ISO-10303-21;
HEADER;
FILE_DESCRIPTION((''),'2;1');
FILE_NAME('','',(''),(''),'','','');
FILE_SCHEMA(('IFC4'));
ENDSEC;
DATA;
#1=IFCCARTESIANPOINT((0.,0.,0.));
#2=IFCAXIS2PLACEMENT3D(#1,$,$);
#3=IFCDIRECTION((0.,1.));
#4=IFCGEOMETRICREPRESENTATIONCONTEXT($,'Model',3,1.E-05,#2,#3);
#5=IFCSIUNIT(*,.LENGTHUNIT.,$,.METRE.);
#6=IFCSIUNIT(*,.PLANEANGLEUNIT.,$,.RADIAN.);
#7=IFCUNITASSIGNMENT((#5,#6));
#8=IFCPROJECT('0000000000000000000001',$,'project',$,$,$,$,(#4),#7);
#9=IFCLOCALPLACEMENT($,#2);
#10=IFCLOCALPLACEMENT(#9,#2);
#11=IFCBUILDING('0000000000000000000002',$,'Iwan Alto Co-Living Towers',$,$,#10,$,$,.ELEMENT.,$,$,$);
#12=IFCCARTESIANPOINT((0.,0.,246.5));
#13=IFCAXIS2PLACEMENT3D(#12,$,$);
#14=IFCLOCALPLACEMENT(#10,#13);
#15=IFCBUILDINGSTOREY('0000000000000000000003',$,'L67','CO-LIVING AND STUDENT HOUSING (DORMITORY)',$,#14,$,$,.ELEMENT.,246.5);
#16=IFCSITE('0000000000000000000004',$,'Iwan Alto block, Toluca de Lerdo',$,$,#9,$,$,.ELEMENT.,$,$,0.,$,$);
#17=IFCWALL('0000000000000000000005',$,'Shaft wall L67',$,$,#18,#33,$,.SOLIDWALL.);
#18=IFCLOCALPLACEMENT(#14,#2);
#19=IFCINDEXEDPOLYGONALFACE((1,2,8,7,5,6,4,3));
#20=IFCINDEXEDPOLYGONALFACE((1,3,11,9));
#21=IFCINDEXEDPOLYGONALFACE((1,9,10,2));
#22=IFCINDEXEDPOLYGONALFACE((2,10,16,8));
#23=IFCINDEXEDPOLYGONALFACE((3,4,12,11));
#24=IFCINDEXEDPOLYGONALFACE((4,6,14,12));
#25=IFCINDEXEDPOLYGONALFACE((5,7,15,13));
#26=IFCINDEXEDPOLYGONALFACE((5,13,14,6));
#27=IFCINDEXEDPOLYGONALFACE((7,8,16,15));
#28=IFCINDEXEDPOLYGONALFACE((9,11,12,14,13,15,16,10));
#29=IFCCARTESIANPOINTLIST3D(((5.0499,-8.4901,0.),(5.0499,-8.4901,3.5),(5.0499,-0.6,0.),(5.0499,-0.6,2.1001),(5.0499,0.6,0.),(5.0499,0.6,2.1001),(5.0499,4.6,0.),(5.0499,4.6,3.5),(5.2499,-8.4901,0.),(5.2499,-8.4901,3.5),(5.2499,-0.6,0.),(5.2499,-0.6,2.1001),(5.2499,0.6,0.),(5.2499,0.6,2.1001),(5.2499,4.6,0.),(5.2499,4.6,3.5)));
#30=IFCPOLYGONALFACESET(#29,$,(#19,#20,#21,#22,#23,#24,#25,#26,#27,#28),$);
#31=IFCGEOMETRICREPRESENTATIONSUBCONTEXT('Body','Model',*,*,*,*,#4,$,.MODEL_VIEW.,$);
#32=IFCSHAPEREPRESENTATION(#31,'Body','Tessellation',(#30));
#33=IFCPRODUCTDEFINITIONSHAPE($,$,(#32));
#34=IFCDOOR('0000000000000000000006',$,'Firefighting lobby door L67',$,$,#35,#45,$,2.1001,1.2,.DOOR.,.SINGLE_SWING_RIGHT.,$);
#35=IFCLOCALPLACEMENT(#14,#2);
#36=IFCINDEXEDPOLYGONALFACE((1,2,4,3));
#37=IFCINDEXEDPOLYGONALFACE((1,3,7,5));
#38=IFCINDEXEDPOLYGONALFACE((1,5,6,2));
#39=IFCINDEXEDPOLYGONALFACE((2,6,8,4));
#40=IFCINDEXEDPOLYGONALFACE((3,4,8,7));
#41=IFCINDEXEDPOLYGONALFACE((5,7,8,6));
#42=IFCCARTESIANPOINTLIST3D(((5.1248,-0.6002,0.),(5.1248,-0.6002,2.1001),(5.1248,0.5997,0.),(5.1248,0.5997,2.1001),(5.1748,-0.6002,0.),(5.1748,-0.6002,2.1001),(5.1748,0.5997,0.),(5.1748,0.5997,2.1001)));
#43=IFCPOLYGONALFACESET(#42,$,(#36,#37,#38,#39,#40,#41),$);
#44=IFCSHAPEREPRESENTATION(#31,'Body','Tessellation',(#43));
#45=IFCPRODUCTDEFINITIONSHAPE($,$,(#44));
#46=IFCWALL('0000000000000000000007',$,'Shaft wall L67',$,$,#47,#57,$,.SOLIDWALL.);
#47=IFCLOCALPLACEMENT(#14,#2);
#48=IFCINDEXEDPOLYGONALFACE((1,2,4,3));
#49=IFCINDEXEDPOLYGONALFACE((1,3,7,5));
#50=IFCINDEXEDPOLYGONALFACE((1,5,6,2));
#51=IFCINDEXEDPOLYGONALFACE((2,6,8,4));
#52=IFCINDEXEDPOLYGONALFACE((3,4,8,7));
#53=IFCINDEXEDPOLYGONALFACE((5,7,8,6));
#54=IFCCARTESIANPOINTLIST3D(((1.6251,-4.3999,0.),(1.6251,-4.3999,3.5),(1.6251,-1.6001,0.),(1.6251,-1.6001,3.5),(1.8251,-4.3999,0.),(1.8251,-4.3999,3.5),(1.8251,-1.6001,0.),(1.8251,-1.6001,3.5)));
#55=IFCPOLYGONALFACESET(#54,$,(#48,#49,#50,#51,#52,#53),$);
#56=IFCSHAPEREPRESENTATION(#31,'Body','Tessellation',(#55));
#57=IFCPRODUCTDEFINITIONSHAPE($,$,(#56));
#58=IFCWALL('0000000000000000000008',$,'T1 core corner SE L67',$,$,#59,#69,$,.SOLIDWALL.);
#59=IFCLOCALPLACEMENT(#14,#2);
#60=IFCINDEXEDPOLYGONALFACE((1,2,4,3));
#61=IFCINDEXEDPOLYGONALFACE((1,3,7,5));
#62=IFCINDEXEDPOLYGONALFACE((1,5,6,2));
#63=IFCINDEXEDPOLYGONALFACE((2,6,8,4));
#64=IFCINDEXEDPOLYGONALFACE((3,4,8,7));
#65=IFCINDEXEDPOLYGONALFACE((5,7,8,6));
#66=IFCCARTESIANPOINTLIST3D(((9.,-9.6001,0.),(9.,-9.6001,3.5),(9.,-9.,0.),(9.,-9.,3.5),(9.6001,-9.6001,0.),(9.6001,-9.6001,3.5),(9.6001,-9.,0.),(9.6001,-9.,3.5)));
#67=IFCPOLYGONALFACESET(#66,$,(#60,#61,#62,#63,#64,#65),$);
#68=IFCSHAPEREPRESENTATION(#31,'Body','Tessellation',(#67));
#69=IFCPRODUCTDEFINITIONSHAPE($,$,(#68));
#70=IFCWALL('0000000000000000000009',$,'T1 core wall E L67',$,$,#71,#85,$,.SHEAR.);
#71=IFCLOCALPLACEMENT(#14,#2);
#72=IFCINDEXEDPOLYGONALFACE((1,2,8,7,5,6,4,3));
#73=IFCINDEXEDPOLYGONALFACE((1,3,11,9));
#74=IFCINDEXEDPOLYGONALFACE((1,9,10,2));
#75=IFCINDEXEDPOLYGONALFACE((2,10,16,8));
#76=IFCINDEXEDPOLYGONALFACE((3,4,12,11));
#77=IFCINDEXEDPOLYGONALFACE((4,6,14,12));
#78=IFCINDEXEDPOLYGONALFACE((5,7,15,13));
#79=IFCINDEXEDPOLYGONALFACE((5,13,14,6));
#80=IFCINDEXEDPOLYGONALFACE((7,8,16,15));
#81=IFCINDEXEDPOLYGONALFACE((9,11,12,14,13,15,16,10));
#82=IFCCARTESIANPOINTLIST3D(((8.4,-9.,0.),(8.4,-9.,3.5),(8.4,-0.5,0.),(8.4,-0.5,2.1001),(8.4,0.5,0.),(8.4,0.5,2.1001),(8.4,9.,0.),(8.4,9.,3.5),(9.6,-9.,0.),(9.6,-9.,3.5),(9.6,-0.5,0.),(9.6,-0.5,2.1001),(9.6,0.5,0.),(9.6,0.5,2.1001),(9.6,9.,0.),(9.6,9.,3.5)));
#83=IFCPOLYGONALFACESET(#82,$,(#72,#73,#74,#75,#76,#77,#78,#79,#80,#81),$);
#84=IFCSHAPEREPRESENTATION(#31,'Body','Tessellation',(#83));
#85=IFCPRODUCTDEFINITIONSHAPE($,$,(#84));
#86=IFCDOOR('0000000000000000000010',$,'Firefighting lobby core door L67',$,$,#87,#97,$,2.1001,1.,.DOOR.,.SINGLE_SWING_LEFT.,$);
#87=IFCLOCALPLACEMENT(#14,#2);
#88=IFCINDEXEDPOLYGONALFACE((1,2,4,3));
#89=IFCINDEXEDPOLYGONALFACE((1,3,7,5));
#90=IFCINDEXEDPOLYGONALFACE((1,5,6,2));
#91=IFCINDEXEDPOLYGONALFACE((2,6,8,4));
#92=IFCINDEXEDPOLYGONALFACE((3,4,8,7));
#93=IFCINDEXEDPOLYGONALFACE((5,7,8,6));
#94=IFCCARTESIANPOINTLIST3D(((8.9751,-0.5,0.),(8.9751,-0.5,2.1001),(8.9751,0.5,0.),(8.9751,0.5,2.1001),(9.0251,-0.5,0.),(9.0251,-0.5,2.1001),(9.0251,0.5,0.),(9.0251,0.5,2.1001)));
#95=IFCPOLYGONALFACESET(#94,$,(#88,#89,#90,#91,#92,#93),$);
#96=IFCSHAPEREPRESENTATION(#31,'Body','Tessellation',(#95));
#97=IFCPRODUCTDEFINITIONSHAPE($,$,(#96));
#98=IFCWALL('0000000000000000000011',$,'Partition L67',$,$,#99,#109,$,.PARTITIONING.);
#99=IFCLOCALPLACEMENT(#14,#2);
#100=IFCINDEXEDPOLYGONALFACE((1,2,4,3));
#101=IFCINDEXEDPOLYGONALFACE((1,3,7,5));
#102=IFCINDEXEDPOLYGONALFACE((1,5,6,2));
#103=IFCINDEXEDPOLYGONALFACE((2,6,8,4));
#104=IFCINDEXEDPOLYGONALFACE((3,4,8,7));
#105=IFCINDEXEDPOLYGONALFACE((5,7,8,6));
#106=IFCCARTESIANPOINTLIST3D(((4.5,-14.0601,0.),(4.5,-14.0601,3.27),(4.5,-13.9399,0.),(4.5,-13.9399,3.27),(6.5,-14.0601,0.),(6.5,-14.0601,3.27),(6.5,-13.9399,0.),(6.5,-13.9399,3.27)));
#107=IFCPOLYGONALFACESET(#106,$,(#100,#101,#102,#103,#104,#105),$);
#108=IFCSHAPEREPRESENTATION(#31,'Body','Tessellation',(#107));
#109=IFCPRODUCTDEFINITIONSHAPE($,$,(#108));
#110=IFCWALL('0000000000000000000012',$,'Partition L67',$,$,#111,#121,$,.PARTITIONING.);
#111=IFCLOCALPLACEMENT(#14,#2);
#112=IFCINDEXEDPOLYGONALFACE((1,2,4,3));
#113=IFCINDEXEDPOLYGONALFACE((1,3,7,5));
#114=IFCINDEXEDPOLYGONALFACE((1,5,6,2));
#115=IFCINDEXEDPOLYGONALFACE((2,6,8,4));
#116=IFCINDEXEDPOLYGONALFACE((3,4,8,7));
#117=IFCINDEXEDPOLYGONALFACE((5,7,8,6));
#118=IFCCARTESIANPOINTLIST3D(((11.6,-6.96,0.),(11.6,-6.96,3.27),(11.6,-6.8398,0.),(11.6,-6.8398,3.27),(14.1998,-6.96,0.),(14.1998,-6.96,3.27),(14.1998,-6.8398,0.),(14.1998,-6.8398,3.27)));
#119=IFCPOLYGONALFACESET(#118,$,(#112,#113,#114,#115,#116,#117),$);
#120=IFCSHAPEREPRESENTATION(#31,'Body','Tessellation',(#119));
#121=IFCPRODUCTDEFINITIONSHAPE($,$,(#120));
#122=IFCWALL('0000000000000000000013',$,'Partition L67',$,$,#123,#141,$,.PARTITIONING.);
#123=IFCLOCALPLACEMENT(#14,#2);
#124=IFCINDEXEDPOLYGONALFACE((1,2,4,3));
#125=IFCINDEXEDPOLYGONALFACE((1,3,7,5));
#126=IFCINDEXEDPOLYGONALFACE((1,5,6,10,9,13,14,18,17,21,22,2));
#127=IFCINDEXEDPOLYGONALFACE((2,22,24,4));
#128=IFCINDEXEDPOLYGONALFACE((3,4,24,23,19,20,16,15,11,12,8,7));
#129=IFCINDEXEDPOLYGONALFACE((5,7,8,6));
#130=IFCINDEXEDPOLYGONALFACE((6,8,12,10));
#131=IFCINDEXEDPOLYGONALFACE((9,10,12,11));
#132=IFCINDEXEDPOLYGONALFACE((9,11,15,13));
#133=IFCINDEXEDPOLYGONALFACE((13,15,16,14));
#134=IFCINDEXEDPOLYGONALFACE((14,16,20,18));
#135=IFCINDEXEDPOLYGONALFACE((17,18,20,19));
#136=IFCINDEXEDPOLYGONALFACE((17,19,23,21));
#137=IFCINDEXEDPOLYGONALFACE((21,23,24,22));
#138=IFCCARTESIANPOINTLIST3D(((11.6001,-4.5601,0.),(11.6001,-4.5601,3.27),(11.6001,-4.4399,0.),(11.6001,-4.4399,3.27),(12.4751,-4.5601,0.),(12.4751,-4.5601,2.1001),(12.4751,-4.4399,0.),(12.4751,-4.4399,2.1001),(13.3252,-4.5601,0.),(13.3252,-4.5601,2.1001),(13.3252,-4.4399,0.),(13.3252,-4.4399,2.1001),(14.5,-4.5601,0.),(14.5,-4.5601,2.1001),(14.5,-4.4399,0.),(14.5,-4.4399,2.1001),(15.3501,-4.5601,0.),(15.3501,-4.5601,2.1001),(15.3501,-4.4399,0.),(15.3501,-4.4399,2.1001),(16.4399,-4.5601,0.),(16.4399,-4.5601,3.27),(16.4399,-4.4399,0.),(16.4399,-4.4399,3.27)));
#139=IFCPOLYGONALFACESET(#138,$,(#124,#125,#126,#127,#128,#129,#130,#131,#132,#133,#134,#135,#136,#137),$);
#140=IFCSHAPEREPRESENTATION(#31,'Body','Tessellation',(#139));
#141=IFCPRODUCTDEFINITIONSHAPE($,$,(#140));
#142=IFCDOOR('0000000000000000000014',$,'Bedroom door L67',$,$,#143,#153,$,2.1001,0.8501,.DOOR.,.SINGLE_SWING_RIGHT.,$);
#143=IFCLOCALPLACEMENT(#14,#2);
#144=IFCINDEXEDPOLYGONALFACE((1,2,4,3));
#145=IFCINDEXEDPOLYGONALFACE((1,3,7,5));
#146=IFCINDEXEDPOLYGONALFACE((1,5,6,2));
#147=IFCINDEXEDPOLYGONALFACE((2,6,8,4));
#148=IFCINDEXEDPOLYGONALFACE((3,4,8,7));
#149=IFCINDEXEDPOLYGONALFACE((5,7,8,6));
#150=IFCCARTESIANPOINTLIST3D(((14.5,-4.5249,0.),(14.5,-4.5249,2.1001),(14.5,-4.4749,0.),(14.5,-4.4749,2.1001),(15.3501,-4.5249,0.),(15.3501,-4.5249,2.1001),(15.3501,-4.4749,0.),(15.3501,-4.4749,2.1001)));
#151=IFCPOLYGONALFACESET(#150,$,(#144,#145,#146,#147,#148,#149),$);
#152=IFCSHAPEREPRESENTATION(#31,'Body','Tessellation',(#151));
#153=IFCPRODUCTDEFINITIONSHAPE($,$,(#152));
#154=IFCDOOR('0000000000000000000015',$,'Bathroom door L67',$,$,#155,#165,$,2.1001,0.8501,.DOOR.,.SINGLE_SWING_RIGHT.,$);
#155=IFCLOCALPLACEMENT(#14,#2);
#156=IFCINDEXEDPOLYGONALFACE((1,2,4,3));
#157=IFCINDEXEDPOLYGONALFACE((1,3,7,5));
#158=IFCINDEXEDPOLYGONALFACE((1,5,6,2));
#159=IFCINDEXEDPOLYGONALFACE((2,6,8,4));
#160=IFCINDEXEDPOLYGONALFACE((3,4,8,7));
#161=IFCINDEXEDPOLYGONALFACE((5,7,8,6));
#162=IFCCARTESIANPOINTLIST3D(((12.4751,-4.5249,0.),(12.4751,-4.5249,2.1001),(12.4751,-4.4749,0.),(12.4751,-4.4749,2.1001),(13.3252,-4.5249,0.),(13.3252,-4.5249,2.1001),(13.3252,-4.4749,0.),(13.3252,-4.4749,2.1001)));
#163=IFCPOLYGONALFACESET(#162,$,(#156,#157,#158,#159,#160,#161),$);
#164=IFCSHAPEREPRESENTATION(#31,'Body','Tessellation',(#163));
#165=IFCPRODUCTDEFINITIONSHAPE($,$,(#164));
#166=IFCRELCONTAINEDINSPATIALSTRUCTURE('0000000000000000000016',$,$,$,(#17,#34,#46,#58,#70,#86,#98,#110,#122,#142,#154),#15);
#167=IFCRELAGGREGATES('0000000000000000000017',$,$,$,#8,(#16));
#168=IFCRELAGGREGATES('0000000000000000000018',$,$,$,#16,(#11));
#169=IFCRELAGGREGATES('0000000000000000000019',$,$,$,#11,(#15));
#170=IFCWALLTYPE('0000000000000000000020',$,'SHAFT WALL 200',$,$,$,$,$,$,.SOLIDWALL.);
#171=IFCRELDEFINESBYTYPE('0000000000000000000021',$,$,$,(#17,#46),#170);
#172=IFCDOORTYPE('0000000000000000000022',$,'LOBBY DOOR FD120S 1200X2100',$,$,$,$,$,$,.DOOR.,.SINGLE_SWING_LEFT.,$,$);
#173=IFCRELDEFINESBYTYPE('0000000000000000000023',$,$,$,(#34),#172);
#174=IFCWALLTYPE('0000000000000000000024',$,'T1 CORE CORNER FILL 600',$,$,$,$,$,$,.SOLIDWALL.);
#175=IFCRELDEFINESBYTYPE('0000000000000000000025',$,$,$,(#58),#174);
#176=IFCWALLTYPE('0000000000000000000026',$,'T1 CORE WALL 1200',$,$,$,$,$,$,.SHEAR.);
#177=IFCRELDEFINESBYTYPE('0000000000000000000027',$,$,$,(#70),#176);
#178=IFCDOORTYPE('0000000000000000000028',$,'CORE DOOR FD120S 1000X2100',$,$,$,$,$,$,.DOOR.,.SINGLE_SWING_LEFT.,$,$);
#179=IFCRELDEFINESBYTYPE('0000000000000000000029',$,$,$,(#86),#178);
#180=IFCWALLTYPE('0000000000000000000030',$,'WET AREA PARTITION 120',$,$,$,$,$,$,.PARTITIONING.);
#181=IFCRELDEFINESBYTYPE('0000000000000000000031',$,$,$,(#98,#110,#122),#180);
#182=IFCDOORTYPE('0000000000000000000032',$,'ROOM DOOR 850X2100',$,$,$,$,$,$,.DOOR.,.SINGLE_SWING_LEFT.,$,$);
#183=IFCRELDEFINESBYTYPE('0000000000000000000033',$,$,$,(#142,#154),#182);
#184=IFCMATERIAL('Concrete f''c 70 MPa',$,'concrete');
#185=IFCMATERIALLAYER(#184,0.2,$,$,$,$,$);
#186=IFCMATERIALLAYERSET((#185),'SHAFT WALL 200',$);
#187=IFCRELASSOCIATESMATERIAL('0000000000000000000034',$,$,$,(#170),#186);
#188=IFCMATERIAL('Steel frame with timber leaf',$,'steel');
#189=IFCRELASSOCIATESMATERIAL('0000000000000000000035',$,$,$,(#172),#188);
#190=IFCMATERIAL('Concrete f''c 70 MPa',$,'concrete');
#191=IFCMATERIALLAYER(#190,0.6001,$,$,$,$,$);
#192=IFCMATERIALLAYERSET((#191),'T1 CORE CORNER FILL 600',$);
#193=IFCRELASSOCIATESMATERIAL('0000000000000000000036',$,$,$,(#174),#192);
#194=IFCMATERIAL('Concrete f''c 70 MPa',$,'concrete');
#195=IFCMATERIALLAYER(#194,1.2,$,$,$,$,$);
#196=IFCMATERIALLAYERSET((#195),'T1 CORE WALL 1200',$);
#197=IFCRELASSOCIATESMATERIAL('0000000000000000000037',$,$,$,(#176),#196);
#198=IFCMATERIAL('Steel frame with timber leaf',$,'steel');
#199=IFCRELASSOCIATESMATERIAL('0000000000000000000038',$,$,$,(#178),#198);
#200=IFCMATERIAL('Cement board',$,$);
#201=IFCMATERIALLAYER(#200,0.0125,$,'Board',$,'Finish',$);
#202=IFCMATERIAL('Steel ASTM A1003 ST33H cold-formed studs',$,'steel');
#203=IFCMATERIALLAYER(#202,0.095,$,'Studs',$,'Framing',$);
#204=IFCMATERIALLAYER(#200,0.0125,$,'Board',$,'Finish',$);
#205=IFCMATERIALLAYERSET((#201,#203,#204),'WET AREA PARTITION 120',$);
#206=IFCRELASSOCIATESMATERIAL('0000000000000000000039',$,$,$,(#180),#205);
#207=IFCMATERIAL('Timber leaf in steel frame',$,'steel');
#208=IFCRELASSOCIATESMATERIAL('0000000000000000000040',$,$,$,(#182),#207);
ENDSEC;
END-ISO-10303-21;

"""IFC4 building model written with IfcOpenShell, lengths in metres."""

from ifc_helpers import new_model, si_unit, direction, frame, frame_2d, origin, place, context, subcontext, project, spatial, rectangle, extrude, material, layer, layer_set, type_object, element, fill, save


model = new_model("IFC4")

# Units and contexts
model_context = context("Model", 3, precision=1e-05, world=origin(), true_north=direction((0.0, 1.0)))
body_context = subcontext(model_context, "Body", "Model", "MODEL_VIEW")
ifc_project = project(units=[si_unit("LENGTHUNIT", "METRE"), si_unit("PLANEANGLEUNIT", "RADIAN")], contexts=[model_context])

# Site, building, storey
site_placement = place(None, origin())
site = spatial("IfcSite", under=ifc_project, at=site_placement, Name="Iwan Alto block, Toluca de Lerdo", CompositionType="ELEMENT", RefElevation=0.0)
building_placement = place(site_placement, origin())
building = spatial("IfcBuilding", under=site, at=building_placement, Name="Iwan Alto Co-Living Towers", CompositionType="ELEMENT")
storey_placement = place(building_placement, frame((0.0, 0.0, 246.5)))
storey = spatial("IfcBuildingStorey", under=building, at=storey_placement, Name="L67", Description="CO-LIVING AND STUDENT HOUSING (DORMITORY)", CompositionType="ELEMENT", Elevation=246.5)

# Shared definitions
ifc_material_1 = material(Name="Steel ASTM A1003 ST33H cold-formed studs", Category="steel")

# Wall, opening, door
ifc_material_2 = material(Name="Concrete f'c 70 MPa", Category="concrete")
ifc_layer_1 = layer(ifc_material_2, 0.2)
ifc_layer_set_1 = layer_set([ifc_layer_1], Name="SHAFT WALL 200")
wall_type_1 = type_object("IfcWallType", Name="SHAFT WALL 200", PredefinedType="SOLIDWALL", material=ifc_layer_set_1)
wall_1_placement = place(storey_placement, frame((5.1499, -8.49, 0.0), z_axis=(0.0, 0.0, 1.0), x_axis=(0.0, 1.0, 0.0)))
wall_1 = element("IfcWall", 1, at=wall_1_placement, inside=storey, type_object=wall_type_1, Name="Shaft wall L67", PredefinedType="SOLIDWALL", context=body_context, shape_type="SweptSolid", body=[
    extrude(rectangle(XDim=13.0901, YDim=0.2, at=frame_2d((6.5449, 0.0))), origin(), (0.0, 0.0, 1.0), 3.5),
])
opening_1_placement = place(wall_1_placement, frame((7.8899, 0.0, 0.0)))
opening_1 = element("IfcOpeningElement", 2, at=opening_1_placement, cuts=wall_1, PredefinedType="OPENING", context=body_context, shape_type="SweptSolid", body=[
    extrude(rectangle(XDim=1.2, YDim=2.1001, at=frame_2d((0.6001, 1.05))), frame((0.0, 0.1099, 0.0), z_axis=(0.0, -1.0, 0.0), x_axis=(1.0, 0.0, 0.0)), (0.0, 0.0, 1.0), 0.22),
])
ifc_material_3 = material(Name="Steel frame with timber leaf", Category="steel")
door_type_1 = type_object("IfcDoorType", Name="LOBBY DOOR FD120S 1200X2100", OperationType="SINGLE_SWING_LEFT", PredefinedType="DOOR", material=ifc_material_3)
door_1_placement = place(opening_1_placement, frame((1.2, 0.0, 0.0), z_axis=(0.0, 0.0, 1.0), x_axis=(-1.0, 0.0, 0.0)))
door_1 = element("IfcDoor", 3, at=door_1_placement, inside=storey, type_object=door_type_1, Name="Firefighting lobby door L67", OperationType="SINGLE_SWING_RIGHT", OverallHeight=2.1001, OverallWidth=1.2, PredefinedType="DOOR", context=body_context, shape_type="SweptSolid", body=[
    extrude(rectangle(XDim=1.2, YDim=2.1001, at=frame_2d((0.6001, 1.05))), frame((0.0, 0.0249, 0.0), z_axis=(0.0, -1.0, 0.0), x_axis=(1.0, 0.0, 0.0)), (0.0, 0.0, 1.0), 0.05),
])
fill(opening_1, door_1)

# Walls
wall_2_placement = place(storey_placement, frame((1.7251, -4.3999, 0.0), z_axis=(0.0, 0.0, 1.0), x_axis=(0.0, 1.0, 0.0)))
element("IfcWall", 4, at=wall_2_placement, inside=storey, type_object=wall_type_1, Name="Shaft wall L67", PredefinedType="SOLIDWALL", context=body_context, shape_type="SweptSolid", body=[
    extrude(rectangle(XDim=2.7998, YDim=0.2, at=frame_2d((1.3999, 0.0))), origin(), (0.0, 0.0, 1.0), 3.5),
])
ifc_material_4 = material(Name="Concrete f'c 70 MPa", Category="concrete")
ifc_layer_2 = layer(ifc_material_4, 0.6001)
ifc_layer_set_2 = layer_set([ifc_layer_2], Name="T1 CORE CORNER FILL 600")
wall_type_2 = type_object("IfcWallType", Name="T1 CORE CORNER FILL 600", PredefinedType="SOLIDWALL", material=ifc_layer_set_2)
wall_3_placement = place(storey_placement, frame((9.0, -9.3, 0.0), z_axis=(0.0, 0.0, 1.0), x_axis=(1.0, 0.0, 0.0)))
element("IfcWall", 5, at=wall_3_placement, inside=storey, type_object=wall_type_2, Name="T1 core corner SE L67", PredefinedType="SOLIDWALL", context=body_context, shape_type="SweptSolid", body=[
    extrude(rectangle(XDim=0.6001, YDim=0.6001, at=frame_2d((0.3, 0.0))), origin(), (0.0, 0.0, 1.0), 3.5),
])

# Wall, opening, door
ifc_material_5 = material(Name="Concrete f'c 70 MPa", Category="concrete")
ifc_layer_3 = layer(ifc_material_5, 1.2)
ifc_layer_set_3 = layer_set([ifc_layer_3], Name="T1 CORE WALL 1200")
wall_type_3 = type_object("IfcWallType", Name="T1 CORE WALL 1200", PredefinedType="SHEAR", material=ifc_layer_set_3)
wall_4_placement = place(storey_placement, frame((9.0, -9.0, 0.0), z_axis=(0.0, 0.0, 1.0), x_axis=(0.0, 1.0, 0.0)))
wall_4 = element("IfcWall", 6, at=wall_4_placement, inside=storey, type_object=wall_type_3, Name="T1 core wall E L67", PredefinedType="SHEAR", context=body_context, shape_type="SweptSolid", body=[
    extrude(rectangle(XDim=18.0, YDim=1.2, at=frame_2d((9.0, 0.0))), origin(), (0.0, 0.0, 1.0), 3.5),
])
opening_2_placement = place(wall_4_placement, frame((8.5, 0.0, 0.0)))
opening_2 = element("IfcOpeningElement", 7, at=opening_2_placement, cuts=wall_4, PredefinedType="OPENING", context=body_context, shape_type="SweptSolid", body=[
    extrude(rectangle(XDim=1.0, YDim=2.1001, at=frame_2d((0.5, 1.05))), frame((0.0, 0.6099, 0.0), z_axis=(0.0, -1.0, 0.0), x_axis=(1.0, 0.0, 0.0)), (0.0, 0.0, 1.0), 1.22),
])
ifc_material_6 = material(Name="Steel frame with timber leaf", Category="steel")
door_type_2 = type_object("IfcDoorType", Name="CORE DOOR FD120S 1000X2100", OperationType="SINGLE_SWING_LEFT", PredefinedType="DOOR", material=ifc_material_6)
door_2_placement = place(opening_2_placement, origin())
door_2 = element("IfcDoor", 8, at=door_2_placement, inside=storey, type_object=door_type_2, Name="Firefighting lobby core door L67", OperationType="SINGLE_SWING_LEFT", OverallHeight=2.1001, OverallWidth=1.0, PredefinedType="DOOR", context=body_context, shape_type="SweptSolid", body=[
    extrude(rectangle(XDim=1.0, YDim=2.1001, at=frame_2d((0.5, 1.05))), frame((0.0, 0.0249, 0.0), z_axis=(0.0, -1.0, 0.0), x_axis=(1.0, 0.0, 0.0)), (0.0, 0.0, 1.0), 0.05),
])
fill(opening_2, door_2)

# Walls
ifc_material_7 = material(Name="Cement board")
ifc_layer_4 = layer(ifc_material_7, 0.0125, Name="Board", Category="Finish")
ifc_layer_5 = layer(ifc_material_1, 0.095, Name="Studs", Category="Framing")
ifc_layer_6 = layer(ifc_material_7, 0.0125, Name="Board", Category="Finish")
ifc_layer_set_4 = layer_set([ifc_layer_4, ifc_layer_5, ifc_layer_6], Name="WET AREA PARTITION 120")
wall_type_4 = type_object("IfcWallType", Name="WET AREA PARTITION 120", PredefinedType="PARTITIONING", material=ifc_layer_set_4)
wall_5_placement = place(storey_placement, frame((4.5, -14.0, 0.0), z_axis=(0.0, 0.0, 1.0), x_axis=(1.0, 0.0, 0.0)))
element("IfcWall", 9, at=wall_5_placement, inside=storey, type_object=wall_type_4, Name="Partition L67", PredefinedType="PARTITIONING", context=body_context, shape_type="SweptSolid", body=[
    extrude(rectangle(XDim=2.0, YDim=0.1201, at=frame_2d((1.0, 0.0))), origin(), (0.0, 0.0, 1.0), 3.27),
])
wall_6_placement = place(storey_placement, frame((11.6001, -6.8999, 0.0), z_axis=(0.0, 0.0, 1.0), x_axis=(1.0, 0.0, 0.0)))
element("IfcWall", 10, at=wall_6_placement, inside=storey, type_object=wall_type_4, Name="Partition L67", PredefinedType="PARTITIONING", context=body_context, shape_type="SweptSolid", body=[
    extrude(rectangle(XDim=2.5999, YDim=0.1201, at=frame_2d((1.2998, 0.0))), origin(), (0.0, 0.0, 1.0), 3.27),
])

# Wall, openings, doors
wall_7_placement = place(storey_placement, frame((11.6001, -4.5, 0.0), z_axis=(0.0, 0.0, 1.0), x_axis=(1.0, 0.0, 0.0)))
wall_7 = element("IfcWall", 11, at=wall_7_placement, inside=storey, type_object=wall_type_4, Name="Partition L67", PredefinedType="PARTITIONING", context=body_context, shape_type="SweptSolid", body=[
    extrude(rectangle(XDim=4.8398, YDim=0.1201, at=frame_2d((2.4199, 0.0))), origin(), (0.0, 0.0, 1.0), 3.27),
])
opening_3_placement = place(wall_7_placement, frame((2.8999, 0.0, 0.0)))
opening_3 = element("IfcOpeningElement", 12, at=opening_3_placement, cuts=wall_7, PredefinedType="OPENING", context=body_context, shape_type="SweptSolid", body=[
    extrude(rectangle(XDim=0.8501, YDim=2.1001, at=frame_2d((0.425, 1.05))), frame((0.0, 0.0701, 0.0), z_axis=(0.0, -1.0, 0.0), x_axis=(1.0, 0.0, 0.0)), (0.0, 0.0, 1.0), 0.1401),
])
opening_4_placement = place(wall_7_placement, frame((0.875, 0.0, 0.0)))
opening_4 = element("IfcOpeningElement", 13, at=opening_4_placement, cuts=wall_7, PredefinedType="OPENING", context=body_context, shape_type="SweptSolid", body=[
    extrude(rectangle(XDim=0.8501, YDim=2.1001, at=frame_2d((0.425, 1.05))), frame((0.0, 0.0701, 0.0), z_axis=(0.0, -1.0, 0.0), x_axis=(1.0, 0.0, 0.0)), (0.0, 0.0, 1.0), 0.1401),
])
ifc_material_8 = material(Name="Timber leaf in steel frame", Category="steel")
door_type_3 = type_object("IfcDoorType", Name="ROOM DOOR 850X2100", OperationType="SINGLE_SWING_LEFT", PredefinedType="DOOR", material=ifc_material_8)
door_3_placement = place(opening_3_placement, frame((0.8501, 0.0, 0.0), z_axis=(0.0, 0.0, 1.0), x_axis=(-1.0, 0.0, 0.0)))
door_3 = element("IfcDoor", 14, at=door_3_placement, inside=storey, type_object=door_type_3, Name="Bedroom door L67", OperationType="SINGLE_SWING_RIGHT", OverallHeight=2.1001, OverallWidth=0.8501, PredefinedType="DOOR", context=body_context, shape_type="SweptSolid", body=[
    extrude(rectangle(XDim=0.8501, YDim=2.1001, at=frame_2d((0.425, 1.05))), frame((0.0, 0.0249, 0.0), z_axis=(0.0, -1.0, 0.0), x_axis=(1.0, 0.0, 0.0)), (0.0, 0.0, 1.0), 0.05),
])
fill(opening_3, door_3)
door_4_placement = place(opening_4_placement, frame((0.8501, 0.0, 0.0), z_axis=(0.0, 0.0, 1.0), x_axis=(-1.0, 0.0, 0.0)))
door_4 = element("IfcDoor", 15, at=door_4_placement, inside=storey, type_object=door_type_3, Name="Bathroom door L67", OperationType="SINGLE_SWING_RIGHT", OverallHeight=2.1001, OverallWidth=0.8501, PredefinedType="DOOR", context=body_context, shape_type="SweptSolid", body=[
    extrude(rectangle(XDim=0.8501, YDim=2.1001, at=frame_2d((0.425, 1.05))), frame((0.0, 0.0249, 0.0), z_axis=(0.0, -1.0, 0.0), x_axis=(1.0, 0.0, 0.0)), (0.0, 0.0, 1.0), 0.05),
])
fill(opening_4, door_4)

save(model, "model.ifc")
